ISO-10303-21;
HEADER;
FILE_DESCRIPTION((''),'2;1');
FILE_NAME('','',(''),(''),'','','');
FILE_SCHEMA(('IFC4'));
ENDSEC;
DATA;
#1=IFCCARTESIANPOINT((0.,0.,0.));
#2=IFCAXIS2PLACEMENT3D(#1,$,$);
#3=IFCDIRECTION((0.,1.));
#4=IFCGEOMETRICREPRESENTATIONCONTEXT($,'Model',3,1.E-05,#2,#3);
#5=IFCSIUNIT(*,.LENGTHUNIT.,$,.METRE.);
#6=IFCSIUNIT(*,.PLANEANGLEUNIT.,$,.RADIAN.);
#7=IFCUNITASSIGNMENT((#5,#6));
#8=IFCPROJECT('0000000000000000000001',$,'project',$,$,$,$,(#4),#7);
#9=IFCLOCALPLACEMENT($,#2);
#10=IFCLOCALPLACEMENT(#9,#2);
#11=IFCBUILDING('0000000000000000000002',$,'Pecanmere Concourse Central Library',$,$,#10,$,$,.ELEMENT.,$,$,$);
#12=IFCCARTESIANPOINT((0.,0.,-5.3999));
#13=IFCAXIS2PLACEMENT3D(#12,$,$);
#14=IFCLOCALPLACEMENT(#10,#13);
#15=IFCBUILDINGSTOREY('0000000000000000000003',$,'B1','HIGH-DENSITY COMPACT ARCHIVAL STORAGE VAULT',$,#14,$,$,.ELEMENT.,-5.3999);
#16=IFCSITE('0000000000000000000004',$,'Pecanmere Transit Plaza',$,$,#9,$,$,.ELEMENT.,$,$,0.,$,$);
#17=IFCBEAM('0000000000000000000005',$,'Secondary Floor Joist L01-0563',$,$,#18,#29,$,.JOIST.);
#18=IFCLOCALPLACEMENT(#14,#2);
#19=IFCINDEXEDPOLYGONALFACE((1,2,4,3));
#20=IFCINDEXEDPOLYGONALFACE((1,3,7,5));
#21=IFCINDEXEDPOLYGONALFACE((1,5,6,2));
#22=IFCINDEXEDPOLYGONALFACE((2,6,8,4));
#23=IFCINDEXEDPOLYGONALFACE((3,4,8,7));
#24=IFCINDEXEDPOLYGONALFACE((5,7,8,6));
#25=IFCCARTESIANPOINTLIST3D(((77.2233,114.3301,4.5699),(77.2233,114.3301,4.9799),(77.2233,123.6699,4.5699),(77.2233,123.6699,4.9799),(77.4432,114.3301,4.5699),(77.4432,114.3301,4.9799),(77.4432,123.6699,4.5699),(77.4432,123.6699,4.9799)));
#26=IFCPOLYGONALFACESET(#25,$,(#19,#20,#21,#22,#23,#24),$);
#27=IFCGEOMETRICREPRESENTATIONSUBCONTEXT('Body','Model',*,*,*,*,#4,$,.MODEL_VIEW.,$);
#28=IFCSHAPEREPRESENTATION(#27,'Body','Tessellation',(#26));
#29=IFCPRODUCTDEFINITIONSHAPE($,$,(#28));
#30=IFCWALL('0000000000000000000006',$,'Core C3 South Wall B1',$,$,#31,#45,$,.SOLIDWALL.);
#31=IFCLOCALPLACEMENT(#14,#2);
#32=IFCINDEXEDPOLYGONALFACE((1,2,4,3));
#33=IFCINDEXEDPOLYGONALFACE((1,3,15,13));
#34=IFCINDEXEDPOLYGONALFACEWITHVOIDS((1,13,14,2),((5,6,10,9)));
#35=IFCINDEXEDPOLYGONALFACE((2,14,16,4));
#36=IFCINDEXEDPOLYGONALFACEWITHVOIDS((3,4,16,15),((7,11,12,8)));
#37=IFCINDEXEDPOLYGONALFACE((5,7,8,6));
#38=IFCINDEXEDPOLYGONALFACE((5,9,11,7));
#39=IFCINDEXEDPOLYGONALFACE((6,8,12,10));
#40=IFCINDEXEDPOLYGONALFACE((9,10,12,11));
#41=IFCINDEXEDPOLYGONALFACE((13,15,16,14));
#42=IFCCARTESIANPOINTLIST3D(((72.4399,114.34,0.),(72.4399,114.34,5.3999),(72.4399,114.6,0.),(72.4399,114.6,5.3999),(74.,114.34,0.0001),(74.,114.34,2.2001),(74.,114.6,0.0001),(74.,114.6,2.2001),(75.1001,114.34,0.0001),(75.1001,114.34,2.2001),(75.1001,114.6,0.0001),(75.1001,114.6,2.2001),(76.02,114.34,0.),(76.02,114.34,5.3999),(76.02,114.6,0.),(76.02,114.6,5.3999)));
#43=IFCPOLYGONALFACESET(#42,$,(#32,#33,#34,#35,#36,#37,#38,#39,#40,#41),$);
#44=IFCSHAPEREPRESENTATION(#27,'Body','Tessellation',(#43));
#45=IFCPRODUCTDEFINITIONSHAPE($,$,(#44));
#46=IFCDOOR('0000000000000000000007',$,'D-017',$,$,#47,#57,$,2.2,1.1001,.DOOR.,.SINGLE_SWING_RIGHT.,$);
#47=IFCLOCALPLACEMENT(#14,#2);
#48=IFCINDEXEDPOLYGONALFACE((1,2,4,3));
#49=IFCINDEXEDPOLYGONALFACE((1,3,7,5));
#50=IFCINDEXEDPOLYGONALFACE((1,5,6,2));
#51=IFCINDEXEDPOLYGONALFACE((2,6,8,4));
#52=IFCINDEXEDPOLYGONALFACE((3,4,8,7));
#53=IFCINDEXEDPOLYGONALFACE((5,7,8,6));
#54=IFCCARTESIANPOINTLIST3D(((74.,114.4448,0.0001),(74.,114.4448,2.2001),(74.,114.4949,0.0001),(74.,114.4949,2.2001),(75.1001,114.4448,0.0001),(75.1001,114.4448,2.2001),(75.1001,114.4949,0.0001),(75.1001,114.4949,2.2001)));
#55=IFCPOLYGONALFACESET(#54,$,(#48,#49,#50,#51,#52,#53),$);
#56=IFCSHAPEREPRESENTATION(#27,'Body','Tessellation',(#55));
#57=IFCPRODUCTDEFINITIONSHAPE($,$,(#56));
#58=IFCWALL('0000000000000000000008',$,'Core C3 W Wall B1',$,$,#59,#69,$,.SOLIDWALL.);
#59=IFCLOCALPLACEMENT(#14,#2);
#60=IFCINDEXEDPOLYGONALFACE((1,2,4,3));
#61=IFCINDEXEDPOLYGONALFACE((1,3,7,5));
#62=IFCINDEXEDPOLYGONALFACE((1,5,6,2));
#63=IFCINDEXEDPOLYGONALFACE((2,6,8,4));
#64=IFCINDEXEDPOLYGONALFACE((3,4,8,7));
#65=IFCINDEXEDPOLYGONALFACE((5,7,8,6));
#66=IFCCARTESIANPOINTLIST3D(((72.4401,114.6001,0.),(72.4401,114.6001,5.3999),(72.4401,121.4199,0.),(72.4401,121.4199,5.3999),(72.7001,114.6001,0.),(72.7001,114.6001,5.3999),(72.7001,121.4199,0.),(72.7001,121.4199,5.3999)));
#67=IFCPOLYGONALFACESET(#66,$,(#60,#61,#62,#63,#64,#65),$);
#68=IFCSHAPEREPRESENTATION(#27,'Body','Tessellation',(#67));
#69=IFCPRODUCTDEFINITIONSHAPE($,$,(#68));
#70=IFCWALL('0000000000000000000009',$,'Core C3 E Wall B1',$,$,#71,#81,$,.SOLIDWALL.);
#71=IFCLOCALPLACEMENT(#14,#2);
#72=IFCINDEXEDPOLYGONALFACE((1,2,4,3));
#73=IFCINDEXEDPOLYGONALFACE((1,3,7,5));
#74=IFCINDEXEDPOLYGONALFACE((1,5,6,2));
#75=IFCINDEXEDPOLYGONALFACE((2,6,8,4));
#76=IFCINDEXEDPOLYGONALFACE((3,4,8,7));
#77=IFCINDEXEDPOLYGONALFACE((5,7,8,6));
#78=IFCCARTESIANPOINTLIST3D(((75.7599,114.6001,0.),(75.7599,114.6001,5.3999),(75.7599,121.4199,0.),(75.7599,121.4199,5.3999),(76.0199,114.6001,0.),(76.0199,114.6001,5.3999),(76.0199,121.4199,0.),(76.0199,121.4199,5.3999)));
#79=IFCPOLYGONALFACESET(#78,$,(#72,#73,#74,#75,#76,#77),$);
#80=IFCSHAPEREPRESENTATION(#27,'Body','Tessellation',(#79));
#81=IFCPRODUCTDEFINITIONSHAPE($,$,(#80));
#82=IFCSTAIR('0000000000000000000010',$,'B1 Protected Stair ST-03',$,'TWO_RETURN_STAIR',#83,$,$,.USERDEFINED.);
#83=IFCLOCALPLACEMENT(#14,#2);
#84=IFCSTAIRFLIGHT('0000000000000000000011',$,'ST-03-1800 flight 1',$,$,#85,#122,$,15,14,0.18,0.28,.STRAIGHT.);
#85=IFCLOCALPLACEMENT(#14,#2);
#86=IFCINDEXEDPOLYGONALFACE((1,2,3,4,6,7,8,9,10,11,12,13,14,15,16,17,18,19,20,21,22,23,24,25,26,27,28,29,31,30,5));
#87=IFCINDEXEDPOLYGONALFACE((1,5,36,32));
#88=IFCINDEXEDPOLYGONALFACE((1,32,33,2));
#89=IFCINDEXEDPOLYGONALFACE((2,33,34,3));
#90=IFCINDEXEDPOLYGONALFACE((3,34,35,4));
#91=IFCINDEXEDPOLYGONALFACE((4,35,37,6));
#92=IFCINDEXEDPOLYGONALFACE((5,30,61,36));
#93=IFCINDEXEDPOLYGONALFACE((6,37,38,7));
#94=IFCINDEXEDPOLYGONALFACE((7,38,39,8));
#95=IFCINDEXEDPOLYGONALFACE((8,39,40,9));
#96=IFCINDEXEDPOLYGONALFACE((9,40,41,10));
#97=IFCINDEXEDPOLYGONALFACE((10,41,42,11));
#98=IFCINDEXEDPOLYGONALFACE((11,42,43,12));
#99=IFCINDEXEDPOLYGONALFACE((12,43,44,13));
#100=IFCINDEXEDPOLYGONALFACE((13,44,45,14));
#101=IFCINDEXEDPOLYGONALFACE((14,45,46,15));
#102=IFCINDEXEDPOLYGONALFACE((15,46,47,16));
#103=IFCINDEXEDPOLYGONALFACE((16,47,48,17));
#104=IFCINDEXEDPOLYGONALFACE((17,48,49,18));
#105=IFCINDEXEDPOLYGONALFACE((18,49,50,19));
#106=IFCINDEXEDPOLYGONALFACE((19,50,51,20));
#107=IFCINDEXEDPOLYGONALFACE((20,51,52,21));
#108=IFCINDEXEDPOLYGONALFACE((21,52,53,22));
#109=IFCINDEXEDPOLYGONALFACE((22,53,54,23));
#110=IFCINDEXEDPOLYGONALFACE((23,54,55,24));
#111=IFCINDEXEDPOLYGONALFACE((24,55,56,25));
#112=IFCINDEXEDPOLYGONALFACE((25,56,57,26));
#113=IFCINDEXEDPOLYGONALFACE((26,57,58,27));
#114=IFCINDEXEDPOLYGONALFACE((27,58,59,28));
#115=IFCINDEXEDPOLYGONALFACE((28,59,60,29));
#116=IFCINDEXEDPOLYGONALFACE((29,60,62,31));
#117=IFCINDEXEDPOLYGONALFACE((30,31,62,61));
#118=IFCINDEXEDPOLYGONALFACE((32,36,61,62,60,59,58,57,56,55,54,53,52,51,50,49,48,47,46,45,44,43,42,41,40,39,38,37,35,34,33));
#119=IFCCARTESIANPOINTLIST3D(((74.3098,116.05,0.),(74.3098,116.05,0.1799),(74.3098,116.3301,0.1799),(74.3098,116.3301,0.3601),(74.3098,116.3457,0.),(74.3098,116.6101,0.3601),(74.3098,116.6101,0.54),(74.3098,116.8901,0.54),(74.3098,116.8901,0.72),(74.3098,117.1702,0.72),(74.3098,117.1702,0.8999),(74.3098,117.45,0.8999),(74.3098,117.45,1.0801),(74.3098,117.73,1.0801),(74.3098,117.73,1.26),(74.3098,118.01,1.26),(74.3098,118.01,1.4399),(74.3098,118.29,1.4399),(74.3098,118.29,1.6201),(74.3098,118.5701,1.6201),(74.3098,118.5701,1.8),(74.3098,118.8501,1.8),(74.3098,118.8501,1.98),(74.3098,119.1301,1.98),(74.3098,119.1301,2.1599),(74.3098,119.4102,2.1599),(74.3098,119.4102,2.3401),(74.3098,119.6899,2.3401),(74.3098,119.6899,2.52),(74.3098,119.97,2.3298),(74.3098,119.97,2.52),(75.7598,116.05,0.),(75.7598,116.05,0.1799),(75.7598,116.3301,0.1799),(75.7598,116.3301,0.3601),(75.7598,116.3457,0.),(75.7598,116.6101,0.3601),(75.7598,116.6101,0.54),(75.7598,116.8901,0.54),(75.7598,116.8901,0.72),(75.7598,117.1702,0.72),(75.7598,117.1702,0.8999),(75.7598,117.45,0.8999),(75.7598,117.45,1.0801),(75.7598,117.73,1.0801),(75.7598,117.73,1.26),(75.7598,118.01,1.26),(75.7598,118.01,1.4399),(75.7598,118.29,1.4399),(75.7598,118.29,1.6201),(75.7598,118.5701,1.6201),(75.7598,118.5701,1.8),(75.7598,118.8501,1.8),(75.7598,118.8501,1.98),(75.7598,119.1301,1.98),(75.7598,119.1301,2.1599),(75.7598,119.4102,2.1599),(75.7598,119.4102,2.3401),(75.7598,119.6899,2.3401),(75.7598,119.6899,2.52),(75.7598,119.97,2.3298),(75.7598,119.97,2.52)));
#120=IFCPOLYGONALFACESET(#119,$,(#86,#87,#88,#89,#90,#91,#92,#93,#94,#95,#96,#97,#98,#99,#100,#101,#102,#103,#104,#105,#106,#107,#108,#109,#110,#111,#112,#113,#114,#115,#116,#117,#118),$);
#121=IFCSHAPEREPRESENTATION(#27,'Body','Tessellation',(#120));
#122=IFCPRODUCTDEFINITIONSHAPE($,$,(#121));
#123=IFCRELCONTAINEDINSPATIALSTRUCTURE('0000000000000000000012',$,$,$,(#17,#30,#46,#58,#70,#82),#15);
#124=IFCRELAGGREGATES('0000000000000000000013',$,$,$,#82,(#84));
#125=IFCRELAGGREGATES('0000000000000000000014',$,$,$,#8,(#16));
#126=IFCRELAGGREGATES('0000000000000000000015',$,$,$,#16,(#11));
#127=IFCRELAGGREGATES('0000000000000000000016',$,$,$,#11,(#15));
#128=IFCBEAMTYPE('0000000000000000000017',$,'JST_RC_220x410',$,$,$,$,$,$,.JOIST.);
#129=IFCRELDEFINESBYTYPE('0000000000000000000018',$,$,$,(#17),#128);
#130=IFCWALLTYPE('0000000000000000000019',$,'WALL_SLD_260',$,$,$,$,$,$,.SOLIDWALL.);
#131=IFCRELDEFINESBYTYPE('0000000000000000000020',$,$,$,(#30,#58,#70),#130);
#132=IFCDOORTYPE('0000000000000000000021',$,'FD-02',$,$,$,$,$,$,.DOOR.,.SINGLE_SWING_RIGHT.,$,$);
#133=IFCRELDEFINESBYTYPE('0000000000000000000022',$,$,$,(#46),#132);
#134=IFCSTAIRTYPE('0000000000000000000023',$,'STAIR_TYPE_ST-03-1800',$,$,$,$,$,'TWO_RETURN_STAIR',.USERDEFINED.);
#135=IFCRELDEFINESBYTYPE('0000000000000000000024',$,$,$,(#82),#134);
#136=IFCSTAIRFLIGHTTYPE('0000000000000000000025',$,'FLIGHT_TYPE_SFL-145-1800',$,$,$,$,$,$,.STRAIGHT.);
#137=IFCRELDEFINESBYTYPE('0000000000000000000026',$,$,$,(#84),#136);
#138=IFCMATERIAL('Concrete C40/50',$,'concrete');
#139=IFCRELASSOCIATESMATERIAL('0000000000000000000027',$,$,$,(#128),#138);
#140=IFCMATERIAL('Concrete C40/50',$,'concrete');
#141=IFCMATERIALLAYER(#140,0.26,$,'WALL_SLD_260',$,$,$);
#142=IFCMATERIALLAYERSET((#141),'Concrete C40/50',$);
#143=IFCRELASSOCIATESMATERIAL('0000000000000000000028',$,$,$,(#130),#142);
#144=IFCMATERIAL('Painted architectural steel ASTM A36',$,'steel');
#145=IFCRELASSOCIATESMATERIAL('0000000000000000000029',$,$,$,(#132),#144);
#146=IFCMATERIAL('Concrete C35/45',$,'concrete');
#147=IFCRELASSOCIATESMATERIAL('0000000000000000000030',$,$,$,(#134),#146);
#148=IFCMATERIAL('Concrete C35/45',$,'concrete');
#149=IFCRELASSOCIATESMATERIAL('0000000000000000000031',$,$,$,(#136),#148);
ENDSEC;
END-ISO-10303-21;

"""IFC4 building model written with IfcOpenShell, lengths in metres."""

from ifc_helpers import new_model, si_unit, direction, frame, frame_2d, origin, origin_2d, place, context, subcontext, project, spatial, polyline, rectangle, outline, extrude, material, layer, layer_set, material_profile, profile_set, type_object, element, fill, aggregate, save


model = new_model("IFC4")

# Units and contexts
model_context = context("Model", 3, precision=1e-05, world=origin(), true_north=direction((0.0, 1.0)))
body_context = subcontext(model_context, "Body", "Model", "MODEL_VIEW")
ifc_project = project(units=[si_unit("LENGTHUNIT", "METRE"), si_unit("PLANEANGLEUNIT", "RADIAN")], contexts=[model_context])

# Site, building, storey
site_placement = place(None, origin())
site = spatial("IfcSite", under=ifc_project, at=site_placement, Name="Pecanmere Transit Plaza", CompositionType="ELEMENT", RefElevation=0.0)
building_placement = place(site_placement, origin())
building = spatial("IfcBuilding", under=site, at=building_placement, Name="Pecanmere Concourse Central Library", CompositionType="ELEMENT")
storey_placement = place(building_placement, frame((0.0, 0.0, -5.3999)))
storey = spatial("IfcBuildingStorey", under=building, at=storey_placement, Name="B1", Description="HIGH-DENSITY COMPACT ARCHIVAL STORAGE VAULT", CompositionType="ELEMENT", Elevation=-5.3999)

# Beam
ifc_material_1 = material(Name="Concrete C40/50", Category="concrete")
ifc_material_profile_1 = material_profile(ifc_material_1, rectangle(XDim=0.22, YDim=0.4099, at=origin_2d()), Name="RC 220x410")
ifc_profile_set_1 = profile_set([ifc_material_profile_1], Name="Concrete C40/50")
beam_type_1 = type_object("IfcBeamType", Name="JST_RC_220x410", PredefinedType="JOIST", material=ifc_profile_set_1)
beam_1_placement = place(storey_placement, frame((77.3333, 114.3301, 4.7749), z_axis=(0.0, 1.0, 0.0), x_axis=(-1.0, 0.0, 0.0)))
element("IfcBeam", 1, at=beam_1_placement, inside=storey, type_object=beam_type_1, Name="Secondary Floor Joist L01-0563", PredefinedType="JOIST", context=body_context, shape_type="SweptSolid", body=[
    extrude(rectangle(XDim=0.22, YDim=0.4099, at=origin_2d()), origin(), (0.0, 0.0, 1.0), 9.3398),
])

# Wall, opening, door
ifc_material_2 = material(Name="Concrete C40/50", Category="concrete")
ifc_layer = layer(ifc_material_2, 0.26, Name="WALL_SLD_260")
ifc_layer_set = layer_set([ifc_layer], Name="Concrete C40/50")
wall_type = type_object("IfcWallType", Name="WALL_SLD_260", PredefinedType="SOLIDWALL", material=ifc_layer_set)
wall_placement = place(storey_placement, frame((72.4399, 114.47, 0.0), z_axis=(0.0, 0.0, 1.0), x_axis=(1.0, 0.0, 0.0)))
wall = element("IfcWall", 2, at=wall_placement, inside=storey, type_object=wall_type, Name="Core C3 South Wall B1", PredefinedType="SOLIDWALL", context=body_context, shape_type="SweptSolid", body=[
    extrude(rectangle(XDim=3.5801, YDim=0.26, at=frame_2d((1.79, 0.0))), origin(), (0.0, 0.0, 1.0), 5.3999),
])
opening_placement = place(wall_placement, frame((1.5601, 0.0, 0.0)))
opening = element("IfcOpeningElement", 3, at=opening_placement, cuts=wall, PredefinedType="OPENING", context=body_context, shape_type="SweptSolid", body=[
    extrude(rectangle(XDim=1.1001, YDim=2.2, at=frame_2d((0.55, 1.1001))), frame((0.0, 0.1421, 0.0), z_axis=(0.0, -1.0, 0.0), x_axis=(1.0, 0.0, 0.0)), (0.0, 0.0, 1.0), 0.2839),
])
ifc_material_3 = material(Name="Painted architectural steel ASTM A36", Category="steel")
door_type = type_object("IfcDoorType", Name="FD-02", OperationType="SINGLE_SWING_RIGHT", PredefinedType="DOOR", material=ifc_material_3)
door_placement = place(opening_placement, origin())
door = element("IfcDoor", 4, at=door_placement, inside=storey, type_object=door_type, Name="D-017", OperationType="SINGLE_SWING_RIGHT", OverallHeight=2.2, OverallWidth=1.1001, PredefinedType="DOOR", context=body_context, shape_type="SweptSolid", body=[
    extrude(rectangle(XDim=1.1001, YDim=2.2, at=frame_2d((0.55, 1.1001))), frame((0.0, 0.0249, 0.0), z_axis=(0.0, -1.0, 0.0), x_axis=(1.0, 0.0, 0.0)), (0.0, 0.0, 1.0), 0.05),
])
fill(opening, door)

# Walls
for number, where, z_axis, x_axis, name in (
    (5, (72.5701, 114.6001, 0.0), (0.0, 0.0, 1.0), (0.0, 1.0, 0.0), "Core C3 W Wall B1"),
    (6, (75.8899, 114.6001, 0.0), (0.0, 0.0, 1.0), (0.0, 1.0, 0.0), "Core C3 E Wall B1"),
):
    element("IfcWall", number, at=place(storey_placement, frame(where, z_axis=z_axis, x_axis=x_axis)), inside=storey, type_object=wall_type, Name=name, PredefinedType="SOLIDWALL", context=body_context, shape_type="SweptSolid", body=[
        extrude(rectangle(XDim=6.8198, YDim=0.26, at=frame_2d((3.4099, 0.0))), origin(), (0.0, 0.0, 1.0), 5.3999),
    ])

# Stair, stair flight
ifc_material_4 = material(Name="Concrete C35/45", Category="concrete")
stair_type = type_object("IfcStairType", Name="STAIR_TYPE_ST-03-1800", ElementType="TWO_RETURN_STAIR", PredefinedType="USERDEFINED", material=ifc_material_4)
stair_placement = place(storey_placement, origin())
stair = element("IfcStair", 7, at=stair_placement, inside=storey, type_object=stair_type, Name="B1 Protected Stair ST-03", ObjectType="TWO_RETURN_STAIR", PredefinedType="USERDEFINED")
ifc_material_5 = material(Name="Concrete C35/45", Category="concrete")
stair_flight_type = type_object("IfcStairFlightType", Name="FLIGHT_TYPE_SFL-145-1800", PredefinedType="STRAIGHT", material=ifc_material_5)
stair_flight_placement = place(storey_placement, frame((75.0349, 116.05, 0.0), z_axis=(0.0, 0.0, 1.0), x_axis=(0.0, 1.0, 0.0)))
stair_flight = element("IfcStairFlight", 8, at=stair_flight_placement, type_object=stair_flight_type, Name="ST-03-1800 flight 1", NumberOfRisers=15, NumberOfTreads=14, PredefinedType="STRAIGHT", RiserHeight=0.18, TreadLength=0.28, context=body_context, shape_type="SweptSolid", body=[
    extrude(outline(polyline([(0.0, 0.0), (0.0, 0.1799), (0.28, 0.1799), (0.28, 0.3601), (0.5601, 0.3601), (0.5601, 0.54), (0.8401, 0.54), (0.8401, 0.72), (1.1201, 0.72), (1.1201, 0.8999), (1.3999, 0.8999), (1.3999, 1.0801), (1.6799, 1.0801), (1.6799, 1.26), (1.96, 1.26), (1.96, 1.4399), (2.24, 1.4399), (2.24, 1.6201), (2.52, 1.6201), (2.52, 1.8), (2.8, 1.8), (2.8, 1.98), (3.0801, 1.98), (3.0801, 2.1599), (3.3601, 2.1599), (3.3601, 2.3401), (3.6399, 2.3401), (3.6399, 2.52), (3.9199, 2.52), (3.9199, 2.7), (3.9199, 2.3298), (0.2957, 0.0), (0.0, 0.0)])), frame((0.0, 0.7251, 0.0), z_axis=(0.0, -1.0, 0.0), x_axis=(1.0, 0.0, 0.0)), (0.0, 0.0, 1.0), 1.45),
])
aggregate(stair, [stair_flight])

save(model, "model.ifc")
